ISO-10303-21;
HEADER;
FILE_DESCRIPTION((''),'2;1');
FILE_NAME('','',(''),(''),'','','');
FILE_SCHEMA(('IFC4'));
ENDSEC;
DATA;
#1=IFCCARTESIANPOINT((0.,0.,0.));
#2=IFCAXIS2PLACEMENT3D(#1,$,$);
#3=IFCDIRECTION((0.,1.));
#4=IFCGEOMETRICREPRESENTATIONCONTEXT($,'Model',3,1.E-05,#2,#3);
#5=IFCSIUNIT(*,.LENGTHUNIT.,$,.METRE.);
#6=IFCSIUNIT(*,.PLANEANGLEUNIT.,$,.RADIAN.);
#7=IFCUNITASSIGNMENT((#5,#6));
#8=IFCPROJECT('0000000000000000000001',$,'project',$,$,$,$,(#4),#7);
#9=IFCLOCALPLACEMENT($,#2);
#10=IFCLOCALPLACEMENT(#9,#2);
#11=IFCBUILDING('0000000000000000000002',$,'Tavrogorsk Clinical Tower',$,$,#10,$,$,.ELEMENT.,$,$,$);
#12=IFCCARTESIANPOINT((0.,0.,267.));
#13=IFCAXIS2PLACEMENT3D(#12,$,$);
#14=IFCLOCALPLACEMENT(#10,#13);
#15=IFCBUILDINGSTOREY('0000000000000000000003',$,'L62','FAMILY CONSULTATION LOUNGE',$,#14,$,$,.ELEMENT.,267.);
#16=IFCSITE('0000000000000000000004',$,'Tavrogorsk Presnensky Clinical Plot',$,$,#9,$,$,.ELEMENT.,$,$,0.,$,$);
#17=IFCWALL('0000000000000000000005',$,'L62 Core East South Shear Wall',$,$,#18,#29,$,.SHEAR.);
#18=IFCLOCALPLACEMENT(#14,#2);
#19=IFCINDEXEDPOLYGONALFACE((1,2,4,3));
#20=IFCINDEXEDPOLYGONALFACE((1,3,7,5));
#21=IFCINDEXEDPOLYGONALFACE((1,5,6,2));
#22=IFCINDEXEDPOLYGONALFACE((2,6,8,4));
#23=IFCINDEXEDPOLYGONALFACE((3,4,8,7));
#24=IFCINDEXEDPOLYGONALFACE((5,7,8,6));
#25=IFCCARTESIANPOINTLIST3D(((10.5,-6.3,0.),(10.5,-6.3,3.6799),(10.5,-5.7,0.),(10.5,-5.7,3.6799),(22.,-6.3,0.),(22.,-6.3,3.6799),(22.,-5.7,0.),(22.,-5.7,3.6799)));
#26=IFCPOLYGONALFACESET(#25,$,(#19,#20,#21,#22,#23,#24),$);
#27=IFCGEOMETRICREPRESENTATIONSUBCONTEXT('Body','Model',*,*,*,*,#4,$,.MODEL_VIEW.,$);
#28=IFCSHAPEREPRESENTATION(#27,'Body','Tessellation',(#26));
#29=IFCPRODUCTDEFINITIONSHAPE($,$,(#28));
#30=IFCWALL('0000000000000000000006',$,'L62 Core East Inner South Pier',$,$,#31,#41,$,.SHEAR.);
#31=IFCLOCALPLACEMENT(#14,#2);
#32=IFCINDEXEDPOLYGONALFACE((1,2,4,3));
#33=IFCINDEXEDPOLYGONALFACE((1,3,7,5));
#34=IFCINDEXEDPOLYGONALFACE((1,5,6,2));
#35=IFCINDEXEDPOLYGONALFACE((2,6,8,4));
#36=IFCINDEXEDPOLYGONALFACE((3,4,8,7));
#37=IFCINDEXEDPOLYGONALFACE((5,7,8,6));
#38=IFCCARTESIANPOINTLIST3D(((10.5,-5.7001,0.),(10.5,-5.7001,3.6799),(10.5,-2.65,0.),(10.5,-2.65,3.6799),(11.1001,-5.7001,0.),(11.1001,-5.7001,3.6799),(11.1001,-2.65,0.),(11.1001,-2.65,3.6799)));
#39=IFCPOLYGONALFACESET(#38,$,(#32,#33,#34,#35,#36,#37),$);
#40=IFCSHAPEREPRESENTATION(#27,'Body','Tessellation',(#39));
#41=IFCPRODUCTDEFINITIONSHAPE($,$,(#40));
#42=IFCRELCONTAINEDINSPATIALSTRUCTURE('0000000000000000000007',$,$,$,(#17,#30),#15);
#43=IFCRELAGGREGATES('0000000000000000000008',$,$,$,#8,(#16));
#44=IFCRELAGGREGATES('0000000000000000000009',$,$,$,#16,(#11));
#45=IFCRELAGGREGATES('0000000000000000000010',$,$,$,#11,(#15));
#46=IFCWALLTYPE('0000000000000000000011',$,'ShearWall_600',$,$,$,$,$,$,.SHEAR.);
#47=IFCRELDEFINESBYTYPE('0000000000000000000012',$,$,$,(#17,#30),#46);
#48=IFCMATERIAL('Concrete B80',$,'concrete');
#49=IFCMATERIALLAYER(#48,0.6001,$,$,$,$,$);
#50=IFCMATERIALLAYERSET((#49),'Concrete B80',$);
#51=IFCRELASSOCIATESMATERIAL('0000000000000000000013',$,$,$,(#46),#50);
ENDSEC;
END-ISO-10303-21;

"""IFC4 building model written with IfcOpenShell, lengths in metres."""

from ifc_helpers import new_model, si_unit, direction, frame, frame_2d, origin, place, context, subcontext, project, spatial, rectangle, extrude, material, layer, layer_set, type_object, element, save


model = new_model("IFC4")

# Units and contexts
model_context = context("Model", 3, precision=1e-05, world=origin(), true_north=direction((0.0, 1.0)))
body_context = subcontext(model_context, "Body", "Model", "MODEL_VIEW")
ifc_project = project(units=[si_unit("LENGTHUNIT", "METRE"), si_unit("PLANEANGLEUNIT", "RADIAN")], contexts=[model_context])

# Site, building, storey
site_placement = place(None, origin())
site = spatial("IfcSite", under=ifc_project, at=site_placement, Name="Tavrogorsk Presnensky Clinical Plot", CompositionType="ELEMENT", RefElevation=0.0)
building_placement = place(site_placement, origin())
building = spatial("IfcBuilding", under=site, at=building_placement, Name="Tavrogorsk Clinical Tower", CompositionType="ELEMENT")
storey_placement = place(building_placement, frame((0.0, 0.0, 267.0)))
storey = spatial("IfcBuildingStorey", under=building, at=storey_placement, Name="L62", Description="FAMILY CONSULTATION LOUNGE", CompositionType="ELEMENT", Elevation=267.0)

# Walls
ifc_material_1 = material(Name="Concrete B80", Category="concrete")
ifc_layer_1 = layer(ifc_material_1, 0.6001)
ifc_layer_set_1 = layer_set([ifc_layer_1], Name="Concrete B80")
wall_type_1 = type_object("IfcWallType", Name="ShearWall_600", PredefinedType="SHEAR", material=ifc_layer_set_1)
wall_1_placement = place(storey_placement, frame((10.5, -6.0, 0.0), z_axis=(0.0, 0.0, 1.0), x_axis=(1.0, 0.0, 0.0)))
element("IfcWall", 1, at=wall_1_placement, inside=storey, type_object=wall_type_1, Name="L62 Core East South Shear Wall", PredefinedType="SHEAR", context=body_context, shape_type="SweptSolid", body=[
    extrude(rectangle(XDim=11.5, YDim=0.6001, at=frame_2d((5.75, 0.0))), origin(), (0.0, 0.0, 1.0), 3.6799),
])
wall_2_placement = place(storey_placement, frame((10.8, -5.7, 0.0), z_axis=(0.0, 0.0, 1.0), x_axis=(0.0, 1.0, 0.0)))
element("IfcWall", 2, at=wall_2_placement, inside=storey, type_object=wall_type_1, Name="L62 Core East Inner South Pier", PredefinedType="SHEAR", context=body_context, shape_type="SweptSolid", body=[
    extrude(rectangle(XDim=3.05, YDim=0.6001, at=frame_2d((1.5249, 0.0))), origin(), (0.0, 0.0, 1.0), 3.6799),
])

save(model, "model.ifc")
